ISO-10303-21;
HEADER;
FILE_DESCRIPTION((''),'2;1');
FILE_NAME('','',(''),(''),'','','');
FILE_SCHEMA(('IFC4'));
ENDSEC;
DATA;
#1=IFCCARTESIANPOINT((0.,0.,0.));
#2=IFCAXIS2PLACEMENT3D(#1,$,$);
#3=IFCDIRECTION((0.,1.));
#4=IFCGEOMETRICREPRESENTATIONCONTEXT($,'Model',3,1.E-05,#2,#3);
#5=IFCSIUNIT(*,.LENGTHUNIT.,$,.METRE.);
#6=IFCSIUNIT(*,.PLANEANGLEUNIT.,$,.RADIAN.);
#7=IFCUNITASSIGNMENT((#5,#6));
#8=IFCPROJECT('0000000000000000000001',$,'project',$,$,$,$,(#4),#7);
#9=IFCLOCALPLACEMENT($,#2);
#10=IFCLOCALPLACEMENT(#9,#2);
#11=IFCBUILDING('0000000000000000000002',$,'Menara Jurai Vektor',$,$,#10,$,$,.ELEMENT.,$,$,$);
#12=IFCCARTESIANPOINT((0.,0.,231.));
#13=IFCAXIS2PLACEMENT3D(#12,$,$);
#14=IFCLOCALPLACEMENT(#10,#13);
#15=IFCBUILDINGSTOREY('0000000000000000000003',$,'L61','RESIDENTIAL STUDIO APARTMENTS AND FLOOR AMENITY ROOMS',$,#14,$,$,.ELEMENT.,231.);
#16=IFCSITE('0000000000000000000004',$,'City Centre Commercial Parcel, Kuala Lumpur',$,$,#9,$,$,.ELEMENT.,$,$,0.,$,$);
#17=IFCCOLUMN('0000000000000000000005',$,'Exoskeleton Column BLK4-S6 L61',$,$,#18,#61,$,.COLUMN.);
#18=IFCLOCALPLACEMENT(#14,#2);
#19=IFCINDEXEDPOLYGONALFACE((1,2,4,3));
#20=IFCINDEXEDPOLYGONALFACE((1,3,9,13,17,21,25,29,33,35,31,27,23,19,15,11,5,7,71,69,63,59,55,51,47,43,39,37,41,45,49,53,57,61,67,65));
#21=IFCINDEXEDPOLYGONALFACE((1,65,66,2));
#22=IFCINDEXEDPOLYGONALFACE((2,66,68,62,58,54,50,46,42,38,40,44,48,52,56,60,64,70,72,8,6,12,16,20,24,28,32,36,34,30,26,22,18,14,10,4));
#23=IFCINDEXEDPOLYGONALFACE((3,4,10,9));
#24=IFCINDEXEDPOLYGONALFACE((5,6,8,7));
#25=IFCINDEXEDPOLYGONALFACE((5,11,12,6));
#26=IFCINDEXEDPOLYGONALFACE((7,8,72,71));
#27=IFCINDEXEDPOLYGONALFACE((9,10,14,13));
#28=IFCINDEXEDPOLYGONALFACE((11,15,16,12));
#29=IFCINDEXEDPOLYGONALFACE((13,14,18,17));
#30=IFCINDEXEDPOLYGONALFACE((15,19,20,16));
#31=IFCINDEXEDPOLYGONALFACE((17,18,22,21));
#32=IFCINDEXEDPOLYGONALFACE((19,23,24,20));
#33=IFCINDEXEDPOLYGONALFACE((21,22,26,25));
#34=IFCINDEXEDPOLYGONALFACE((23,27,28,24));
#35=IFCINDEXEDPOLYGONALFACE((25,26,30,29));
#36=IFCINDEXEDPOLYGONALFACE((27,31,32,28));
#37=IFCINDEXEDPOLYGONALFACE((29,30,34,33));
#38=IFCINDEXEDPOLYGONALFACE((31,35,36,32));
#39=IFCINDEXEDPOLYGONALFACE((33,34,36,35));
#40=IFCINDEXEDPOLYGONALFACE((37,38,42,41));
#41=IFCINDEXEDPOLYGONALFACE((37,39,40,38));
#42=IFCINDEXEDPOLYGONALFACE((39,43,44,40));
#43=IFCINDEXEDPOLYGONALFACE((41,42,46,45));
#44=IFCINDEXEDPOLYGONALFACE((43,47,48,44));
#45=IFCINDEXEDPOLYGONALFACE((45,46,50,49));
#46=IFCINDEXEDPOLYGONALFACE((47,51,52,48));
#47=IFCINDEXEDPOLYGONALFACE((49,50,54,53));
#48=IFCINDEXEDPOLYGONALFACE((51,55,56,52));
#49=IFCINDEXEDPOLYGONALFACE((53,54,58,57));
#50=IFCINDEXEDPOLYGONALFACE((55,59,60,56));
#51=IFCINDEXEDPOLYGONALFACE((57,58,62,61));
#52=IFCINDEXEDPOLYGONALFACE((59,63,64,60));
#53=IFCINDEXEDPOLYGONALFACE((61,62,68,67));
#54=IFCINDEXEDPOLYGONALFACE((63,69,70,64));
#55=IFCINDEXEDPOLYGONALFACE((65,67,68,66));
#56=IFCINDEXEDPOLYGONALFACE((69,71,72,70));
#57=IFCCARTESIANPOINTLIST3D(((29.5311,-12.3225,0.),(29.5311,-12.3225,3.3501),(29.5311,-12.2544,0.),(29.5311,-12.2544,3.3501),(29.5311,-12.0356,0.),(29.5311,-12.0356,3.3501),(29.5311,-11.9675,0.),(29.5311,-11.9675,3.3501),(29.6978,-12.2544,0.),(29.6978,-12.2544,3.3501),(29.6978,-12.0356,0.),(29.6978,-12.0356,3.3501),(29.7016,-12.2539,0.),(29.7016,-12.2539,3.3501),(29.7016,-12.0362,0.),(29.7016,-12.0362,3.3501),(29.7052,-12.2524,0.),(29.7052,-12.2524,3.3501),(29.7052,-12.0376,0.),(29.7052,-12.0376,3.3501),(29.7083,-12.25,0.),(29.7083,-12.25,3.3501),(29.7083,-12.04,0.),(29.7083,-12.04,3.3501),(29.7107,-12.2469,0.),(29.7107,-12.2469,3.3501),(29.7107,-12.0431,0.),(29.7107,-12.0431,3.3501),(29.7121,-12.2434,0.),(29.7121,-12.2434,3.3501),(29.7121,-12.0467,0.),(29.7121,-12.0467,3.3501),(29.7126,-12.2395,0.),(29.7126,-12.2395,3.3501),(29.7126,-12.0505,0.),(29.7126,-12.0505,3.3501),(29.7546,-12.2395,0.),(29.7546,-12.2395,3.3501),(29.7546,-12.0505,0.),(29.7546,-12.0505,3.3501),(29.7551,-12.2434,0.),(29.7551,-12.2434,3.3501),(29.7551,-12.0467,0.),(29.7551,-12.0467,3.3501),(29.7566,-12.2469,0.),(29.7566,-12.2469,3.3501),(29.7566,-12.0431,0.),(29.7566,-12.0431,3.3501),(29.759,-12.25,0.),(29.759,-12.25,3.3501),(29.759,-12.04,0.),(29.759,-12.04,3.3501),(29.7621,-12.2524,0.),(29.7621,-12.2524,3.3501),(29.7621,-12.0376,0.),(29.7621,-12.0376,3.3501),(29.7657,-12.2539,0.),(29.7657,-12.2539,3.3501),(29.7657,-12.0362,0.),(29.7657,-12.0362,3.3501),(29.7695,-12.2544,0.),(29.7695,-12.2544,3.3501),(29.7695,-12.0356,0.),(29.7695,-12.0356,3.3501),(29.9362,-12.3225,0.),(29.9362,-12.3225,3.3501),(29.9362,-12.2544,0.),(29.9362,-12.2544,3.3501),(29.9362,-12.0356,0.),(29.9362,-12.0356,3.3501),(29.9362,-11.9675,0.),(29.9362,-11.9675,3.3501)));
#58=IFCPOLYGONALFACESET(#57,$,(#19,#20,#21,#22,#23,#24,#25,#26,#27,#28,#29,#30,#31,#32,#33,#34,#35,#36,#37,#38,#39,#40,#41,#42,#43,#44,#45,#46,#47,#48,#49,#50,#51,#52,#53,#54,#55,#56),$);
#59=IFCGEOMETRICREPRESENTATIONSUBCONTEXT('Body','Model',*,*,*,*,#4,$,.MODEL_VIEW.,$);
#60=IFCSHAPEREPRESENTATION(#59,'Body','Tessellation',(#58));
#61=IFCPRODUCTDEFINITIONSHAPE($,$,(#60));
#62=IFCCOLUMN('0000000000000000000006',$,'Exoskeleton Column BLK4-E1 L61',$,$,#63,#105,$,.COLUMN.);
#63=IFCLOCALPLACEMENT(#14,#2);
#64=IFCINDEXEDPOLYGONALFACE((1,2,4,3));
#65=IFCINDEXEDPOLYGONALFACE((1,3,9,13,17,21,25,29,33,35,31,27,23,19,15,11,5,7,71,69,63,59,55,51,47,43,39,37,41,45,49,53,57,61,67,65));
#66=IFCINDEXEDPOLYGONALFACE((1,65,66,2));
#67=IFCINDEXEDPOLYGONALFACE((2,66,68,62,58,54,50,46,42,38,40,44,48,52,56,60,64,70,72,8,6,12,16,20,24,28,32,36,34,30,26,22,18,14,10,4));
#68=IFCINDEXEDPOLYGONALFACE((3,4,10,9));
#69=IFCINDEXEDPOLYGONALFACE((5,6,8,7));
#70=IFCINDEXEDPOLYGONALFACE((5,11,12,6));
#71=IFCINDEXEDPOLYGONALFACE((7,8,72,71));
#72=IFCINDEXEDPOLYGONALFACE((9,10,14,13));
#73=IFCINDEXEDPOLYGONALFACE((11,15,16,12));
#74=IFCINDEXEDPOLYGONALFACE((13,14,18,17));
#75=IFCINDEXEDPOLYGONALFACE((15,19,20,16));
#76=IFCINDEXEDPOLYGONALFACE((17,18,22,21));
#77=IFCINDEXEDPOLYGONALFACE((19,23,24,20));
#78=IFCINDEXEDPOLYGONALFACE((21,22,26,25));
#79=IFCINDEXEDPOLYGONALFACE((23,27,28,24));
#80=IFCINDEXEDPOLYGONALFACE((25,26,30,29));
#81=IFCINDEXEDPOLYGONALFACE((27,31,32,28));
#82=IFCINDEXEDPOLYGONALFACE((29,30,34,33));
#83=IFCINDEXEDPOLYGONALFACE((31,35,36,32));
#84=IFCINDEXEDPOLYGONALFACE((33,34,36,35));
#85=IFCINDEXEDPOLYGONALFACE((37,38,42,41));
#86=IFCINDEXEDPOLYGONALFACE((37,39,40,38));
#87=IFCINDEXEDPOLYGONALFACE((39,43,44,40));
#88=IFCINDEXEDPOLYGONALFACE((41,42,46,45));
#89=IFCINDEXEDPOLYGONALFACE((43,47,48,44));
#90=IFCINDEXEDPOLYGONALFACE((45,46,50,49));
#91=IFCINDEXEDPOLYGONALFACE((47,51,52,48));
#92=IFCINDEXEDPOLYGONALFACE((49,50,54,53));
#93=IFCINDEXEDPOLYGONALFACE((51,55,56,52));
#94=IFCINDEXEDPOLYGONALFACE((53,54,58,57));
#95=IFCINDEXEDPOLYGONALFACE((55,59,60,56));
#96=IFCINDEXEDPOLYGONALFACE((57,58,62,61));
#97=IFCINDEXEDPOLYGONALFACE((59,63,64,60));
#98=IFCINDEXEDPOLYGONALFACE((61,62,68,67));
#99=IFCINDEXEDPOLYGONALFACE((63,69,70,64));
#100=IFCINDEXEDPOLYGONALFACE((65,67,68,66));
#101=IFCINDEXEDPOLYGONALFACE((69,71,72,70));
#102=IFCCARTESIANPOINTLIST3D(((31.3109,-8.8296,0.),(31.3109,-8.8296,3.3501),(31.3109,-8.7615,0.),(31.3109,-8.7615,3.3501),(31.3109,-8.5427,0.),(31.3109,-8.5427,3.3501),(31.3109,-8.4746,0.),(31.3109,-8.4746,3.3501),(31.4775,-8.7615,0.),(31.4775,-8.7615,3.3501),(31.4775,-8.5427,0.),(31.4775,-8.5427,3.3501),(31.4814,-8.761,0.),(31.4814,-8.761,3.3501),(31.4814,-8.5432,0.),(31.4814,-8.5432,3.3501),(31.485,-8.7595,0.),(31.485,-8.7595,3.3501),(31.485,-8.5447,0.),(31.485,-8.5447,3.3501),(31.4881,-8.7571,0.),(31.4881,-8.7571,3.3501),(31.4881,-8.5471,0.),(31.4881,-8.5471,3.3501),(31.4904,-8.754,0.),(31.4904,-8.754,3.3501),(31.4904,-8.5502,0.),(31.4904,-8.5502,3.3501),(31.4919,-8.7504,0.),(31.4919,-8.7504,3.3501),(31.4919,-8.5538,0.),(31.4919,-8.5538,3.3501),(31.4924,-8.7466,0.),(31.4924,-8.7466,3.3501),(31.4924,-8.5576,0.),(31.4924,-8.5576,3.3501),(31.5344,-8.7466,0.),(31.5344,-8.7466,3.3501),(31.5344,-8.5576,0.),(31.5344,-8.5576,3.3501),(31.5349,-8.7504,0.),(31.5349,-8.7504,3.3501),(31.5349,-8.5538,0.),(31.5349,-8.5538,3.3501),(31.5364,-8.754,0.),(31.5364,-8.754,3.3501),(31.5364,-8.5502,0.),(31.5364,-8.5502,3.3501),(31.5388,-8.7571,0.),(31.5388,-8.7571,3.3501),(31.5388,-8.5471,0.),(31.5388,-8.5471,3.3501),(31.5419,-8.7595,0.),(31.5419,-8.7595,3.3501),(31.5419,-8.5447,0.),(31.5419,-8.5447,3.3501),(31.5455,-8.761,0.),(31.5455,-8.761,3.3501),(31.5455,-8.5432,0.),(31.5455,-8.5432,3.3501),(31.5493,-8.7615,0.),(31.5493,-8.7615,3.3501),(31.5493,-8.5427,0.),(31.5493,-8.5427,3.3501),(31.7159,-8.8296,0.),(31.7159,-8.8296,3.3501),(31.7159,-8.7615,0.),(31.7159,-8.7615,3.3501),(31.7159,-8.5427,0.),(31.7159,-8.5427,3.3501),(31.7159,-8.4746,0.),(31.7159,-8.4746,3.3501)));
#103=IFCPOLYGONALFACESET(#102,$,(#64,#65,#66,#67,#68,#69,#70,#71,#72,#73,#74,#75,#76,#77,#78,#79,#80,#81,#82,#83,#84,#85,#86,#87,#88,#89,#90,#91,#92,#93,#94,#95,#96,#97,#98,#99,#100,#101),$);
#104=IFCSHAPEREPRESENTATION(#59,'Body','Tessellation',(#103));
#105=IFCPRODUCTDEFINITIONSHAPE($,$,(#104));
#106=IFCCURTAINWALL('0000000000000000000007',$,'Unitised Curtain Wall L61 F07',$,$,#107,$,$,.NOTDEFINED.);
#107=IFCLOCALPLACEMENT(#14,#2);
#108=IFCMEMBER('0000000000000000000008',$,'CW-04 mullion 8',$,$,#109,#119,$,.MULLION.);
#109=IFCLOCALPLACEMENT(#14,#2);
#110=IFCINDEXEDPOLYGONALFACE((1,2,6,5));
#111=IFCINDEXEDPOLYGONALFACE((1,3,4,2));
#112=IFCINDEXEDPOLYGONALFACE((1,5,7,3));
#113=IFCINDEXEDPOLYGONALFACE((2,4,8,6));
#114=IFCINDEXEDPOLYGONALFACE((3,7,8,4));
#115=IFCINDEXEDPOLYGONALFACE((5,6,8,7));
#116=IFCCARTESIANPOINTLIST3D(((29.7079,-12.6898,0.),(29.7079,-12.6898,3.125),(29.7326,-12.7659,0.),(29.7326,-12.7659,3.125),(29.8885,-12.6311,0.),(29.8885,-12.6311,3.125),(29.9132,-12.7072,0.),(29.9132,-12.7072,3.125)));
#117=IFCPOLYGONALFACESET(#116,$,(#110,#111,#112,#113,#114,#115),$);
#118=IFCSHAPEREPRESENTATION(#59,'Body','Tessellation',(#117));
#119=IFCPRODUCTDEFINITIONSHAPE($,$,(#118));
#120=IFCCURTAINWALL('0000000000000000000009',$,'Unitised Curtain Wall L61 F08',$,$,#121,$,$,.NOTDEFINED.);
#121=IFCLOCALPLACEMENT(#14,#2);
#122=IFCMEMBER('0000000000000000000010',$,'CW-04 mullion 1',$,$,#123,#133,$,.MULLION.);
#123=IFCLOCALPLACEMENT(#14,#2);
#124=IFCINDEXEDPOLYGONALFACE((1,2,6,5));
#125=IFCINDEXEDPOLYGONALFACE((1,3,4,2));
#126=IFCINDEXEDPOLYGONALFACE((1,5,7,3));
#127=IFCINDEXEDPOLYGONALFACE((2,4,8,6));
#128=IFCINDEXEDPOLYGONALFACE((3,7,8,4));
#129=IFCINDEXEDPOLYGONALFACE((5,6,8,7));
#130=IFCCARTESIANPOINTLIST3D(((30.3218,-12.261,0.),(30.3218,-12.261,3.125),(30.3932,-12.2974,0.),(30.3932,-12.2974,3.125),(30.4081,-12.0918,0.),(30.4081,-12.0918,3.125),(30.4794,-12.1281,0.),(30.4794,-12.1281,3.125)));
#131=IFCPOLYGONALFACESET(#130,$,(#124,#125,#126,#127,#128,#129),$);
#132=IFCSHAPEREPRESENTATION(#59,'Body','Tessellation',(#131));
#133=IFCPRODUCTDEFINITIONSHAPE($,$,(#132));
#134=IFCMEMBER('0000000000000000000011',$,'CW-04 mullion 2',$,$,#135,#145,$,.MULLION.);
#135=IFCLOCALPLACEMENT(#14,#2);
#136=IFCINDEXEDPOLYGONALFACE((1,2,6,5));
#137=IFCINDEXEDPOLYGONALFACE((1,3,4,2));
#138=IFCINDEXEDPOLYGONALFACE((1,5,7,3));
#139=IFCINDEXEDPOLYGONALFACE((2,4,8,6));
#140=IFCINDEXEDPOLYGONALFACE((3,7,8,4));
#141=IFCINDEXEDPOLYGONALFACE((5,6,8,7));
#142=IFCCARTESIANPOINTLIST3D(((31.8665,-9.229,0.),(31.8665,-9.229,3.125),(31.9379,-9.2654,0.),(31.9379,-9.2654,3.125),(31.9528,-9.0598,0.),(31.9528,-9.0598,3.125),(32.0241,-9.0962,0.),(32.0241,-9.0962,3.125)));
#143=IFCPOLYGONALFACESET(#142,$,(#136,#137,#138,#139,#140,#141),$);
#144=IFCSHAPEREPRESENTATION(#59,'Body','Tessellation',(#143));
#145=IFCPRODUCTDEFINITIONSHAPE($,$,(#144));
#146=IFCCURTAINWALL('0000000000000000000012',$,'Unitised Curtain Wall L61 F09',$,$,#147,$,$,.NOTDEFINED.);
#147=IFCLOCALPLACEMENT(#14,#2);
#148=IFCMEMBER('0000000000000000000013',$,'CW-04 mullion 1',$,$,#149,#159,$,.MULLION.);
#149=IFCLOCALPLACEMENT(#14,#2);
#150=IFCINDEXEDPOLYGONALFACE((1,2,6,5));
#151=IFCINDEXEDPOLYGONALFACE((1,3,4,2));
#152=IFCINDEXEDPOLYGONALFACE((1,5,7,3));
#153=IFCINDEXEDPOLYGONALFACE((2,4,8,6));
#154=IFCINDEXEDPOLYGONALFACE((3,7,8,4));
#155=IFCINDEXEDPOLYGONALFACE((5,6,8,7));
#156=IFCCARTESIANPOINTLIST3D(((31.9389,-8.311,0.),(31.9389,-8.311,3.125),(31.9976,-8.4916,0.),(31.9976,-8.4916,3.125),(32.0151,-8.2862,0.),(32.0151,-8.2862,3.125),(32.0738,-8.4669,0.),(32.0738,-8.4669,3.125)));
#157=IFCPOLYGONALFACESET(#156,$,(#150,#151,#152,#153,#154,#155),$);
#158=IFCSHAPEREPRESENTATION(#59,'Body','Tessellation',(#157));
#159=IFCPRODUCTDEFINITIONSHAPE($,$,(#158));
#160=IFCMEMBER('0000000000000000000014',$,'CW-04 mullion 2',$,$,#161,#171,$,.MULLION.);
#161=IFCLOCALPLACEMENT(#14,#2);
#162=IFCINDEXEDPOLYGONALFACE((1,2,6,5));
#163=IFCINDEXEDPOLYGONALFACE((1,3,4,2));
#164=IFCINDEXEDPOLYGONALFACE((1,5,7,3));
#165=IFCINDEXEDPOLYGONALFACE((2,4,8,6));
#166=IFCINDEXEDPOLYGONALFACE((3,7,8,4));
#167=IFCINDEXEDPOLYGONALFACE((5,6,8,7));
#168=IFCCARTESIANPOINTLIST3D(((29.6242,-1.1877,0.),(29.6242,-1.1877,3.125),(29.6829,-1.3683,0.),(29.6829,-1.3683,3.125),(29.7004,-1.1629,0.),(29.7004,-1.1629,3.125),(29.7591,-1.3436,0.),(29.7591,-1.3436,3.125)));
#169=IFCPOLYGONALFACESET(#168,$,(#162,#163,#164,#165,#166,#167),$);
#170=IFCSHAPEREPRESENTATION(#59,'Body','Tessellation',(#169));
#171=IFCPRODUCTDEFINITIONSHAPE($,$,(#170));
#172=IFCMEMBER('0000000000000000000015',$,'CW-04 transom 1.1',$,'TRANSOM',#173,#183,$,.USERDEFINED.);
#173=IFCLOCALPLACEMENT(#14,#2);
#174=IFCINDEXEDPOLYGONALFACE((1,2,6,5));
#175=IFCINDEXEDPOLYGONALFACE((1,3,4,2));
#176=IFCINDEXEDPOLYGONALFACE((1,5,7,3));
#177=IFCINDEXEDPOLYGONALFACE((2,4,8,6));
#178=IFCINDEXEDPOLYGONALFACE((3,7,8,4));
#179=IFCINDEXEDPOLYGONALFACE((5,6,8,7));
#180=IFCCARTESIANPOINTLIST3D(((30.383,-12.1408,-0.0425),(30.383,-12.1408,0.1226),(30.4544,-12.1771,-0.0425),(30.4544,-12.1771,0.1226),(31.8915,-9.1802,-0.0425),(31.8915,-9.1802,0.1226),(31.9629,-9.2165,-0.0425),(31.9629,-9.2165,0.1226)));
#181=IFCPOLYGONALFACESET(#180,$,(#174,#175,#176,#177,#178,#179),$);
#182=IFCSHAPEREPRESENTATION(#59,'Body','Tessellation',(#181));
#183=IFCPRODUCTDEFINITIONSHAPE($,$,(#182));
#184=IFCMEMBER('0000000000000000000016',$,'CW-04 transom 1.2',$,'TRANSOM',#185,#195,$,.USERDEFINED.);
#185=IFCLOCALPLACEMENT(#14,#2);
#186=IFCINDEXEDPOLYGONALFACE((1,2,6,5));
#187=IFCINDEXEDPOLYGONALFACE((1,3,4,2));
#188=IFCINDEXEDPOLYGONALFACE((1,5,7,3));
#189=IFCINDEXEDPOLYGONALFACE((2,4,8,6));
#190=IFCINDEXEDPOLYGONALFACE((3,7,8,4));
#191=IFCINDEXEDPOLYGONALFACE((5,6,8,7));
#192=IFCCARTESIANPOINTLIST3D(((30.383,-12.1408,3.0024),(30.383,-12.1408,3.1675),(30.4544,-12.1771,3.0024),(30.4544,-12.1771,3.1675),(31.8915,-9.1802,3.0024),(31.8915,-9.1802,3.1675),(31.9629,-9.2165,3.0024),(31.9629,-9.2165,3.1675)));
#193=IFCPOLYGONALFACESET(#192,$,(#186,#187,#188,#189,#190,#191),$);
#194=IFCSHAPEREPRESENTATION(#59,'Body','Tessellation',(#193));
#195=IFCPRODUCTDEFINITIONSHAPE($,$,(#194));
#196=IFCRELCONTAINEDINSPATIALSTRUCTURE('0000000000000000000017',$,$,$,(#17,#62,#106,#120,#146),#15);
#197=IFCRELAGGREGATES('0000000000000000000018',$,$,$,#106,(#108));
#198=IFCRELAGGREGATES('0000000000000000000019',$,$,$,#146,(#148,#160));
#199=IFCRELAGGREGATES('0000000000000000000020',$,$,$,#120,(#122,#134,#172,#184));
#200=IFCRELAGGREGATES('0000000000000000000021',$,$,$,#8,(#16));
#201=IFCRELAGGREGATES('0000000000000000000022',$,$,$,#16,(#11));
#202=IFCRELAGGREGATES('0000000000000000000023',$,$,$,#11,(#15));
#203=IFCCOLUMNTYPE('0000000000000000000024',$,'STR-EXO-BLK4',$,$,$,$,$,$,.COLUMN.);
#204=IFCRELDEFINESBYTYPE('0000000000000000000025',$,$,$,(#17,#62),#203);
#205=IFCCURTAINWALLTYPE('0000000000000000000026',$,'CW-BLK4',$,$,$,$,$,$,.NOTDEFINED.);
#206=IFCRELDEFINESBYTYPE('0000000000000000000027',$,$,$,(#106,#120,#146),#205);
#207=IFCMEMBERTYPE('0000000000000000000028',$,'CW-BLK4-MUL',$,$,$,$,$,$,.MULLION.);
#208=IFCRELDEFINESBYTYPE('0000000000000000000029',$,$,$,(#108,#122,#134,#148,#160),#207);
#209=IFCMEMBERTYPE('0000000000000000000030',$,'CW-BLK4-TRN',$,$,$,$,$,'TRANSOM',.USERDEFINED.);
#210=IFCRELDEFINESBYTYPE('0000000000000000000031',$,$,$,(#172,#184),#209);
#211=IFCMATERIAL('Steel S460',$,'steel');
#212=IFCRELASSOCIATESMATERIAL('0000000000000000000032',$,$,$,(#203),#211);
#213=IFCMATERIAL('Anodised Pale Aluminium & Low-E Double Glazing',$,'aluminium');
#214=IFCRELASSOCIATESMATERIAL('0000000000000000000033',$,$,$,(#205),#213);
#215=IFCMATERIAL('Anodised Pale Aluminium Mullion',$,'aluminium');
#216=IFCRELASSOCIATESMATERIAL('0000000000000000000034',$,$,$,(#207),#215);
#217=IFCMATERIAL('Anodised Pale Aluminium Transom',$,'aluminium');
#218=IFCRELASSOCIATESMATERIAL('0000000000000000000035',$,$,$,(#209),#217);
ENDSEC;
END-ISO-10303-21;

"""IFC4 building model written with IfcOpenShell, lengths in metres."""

from ifc_helpers import new_model, si_unit, direction, frame, origin, origin_2d, place, context, subcontext, project, spatial, rectangle, i_section, extrude, material, material_profile, profile_set, type_object, element, aggregate, save


model = new_model("IFC4")

# Units and contexts
model_context = context("Model", 3, precision=1e-05, world=origin(), true_north=direction((0.0, 1.0)))
body_context = subcontext(model_context, "Body", "Model", "MODEL_VIEW")
ifc_project = project(units=[si_unit("LENGTHUNIT", "METRE"), si_unit("PLANEANGLEUNIT", "RADIAN")], contexts=[model_context])

# Site, building, storey
site_placement = place(None, origin())
site = spatial("IfcSite", under=ifc_project, at=site_placement, Name="City Centre Commercial Parcel, Kuala Lumpur", CompositionType="ELEMENT", RefElevation=0.0)
building_placement = place(site_placement, origin())
building = spatial("IfcBuilding", under=site, at=building_placement, Name="Menara Jurai Vektor", CompositionType="ELEMENT")
storey_placement = place(building_placement, frame((0.0, 0.0, 231.0)))
storey = spatial("IfcBuildingStorey", under=building, at=storey_placement, Name="L61", Description="RESIDENTIAL STUDIO APARTMENTS AND FLOOR AMENITY ROOMS", CompositionType="ELEMENT", Elevation=231.0)

# Columns
ifc_material_1 = material(Name="Steel S460", Category="steel")
ifc_material_profile_1 = material_profile(ifc_material_1, i_section(OverallWidth=0.405, OverallDepth=0.355, WebThickness=0.042, FlangeThickness=0.0681, FilletRadius=0.0149, at=origin_2d()), Name="HD 400x551")
ifc_profile_set_1 = profile_set([ifc_material_profile_1], Name="Steel S460")
column_type = type_object("IfcColumnType", Name="STR-EXO-BLK4", PredefinedType="COLUMN", material=ifc_profile_set_1)
for number, where, z_axis, x_axis, name in (
    (1, (29.7336, -12.145, 0.0), (0.0, 0.0, 1.0), (1.0, 0.0, 0.0), "Exoskeleton Column BLK4-S6 L61"),
    (2, (31.5134, -8.6521, 0.0), (0.0, 0.0, 1.0), (1.0, 0.0, 0.0), "Exoskeleton Column BLK4-E1 L61"),
):
    element("IfcColumn", number, at=place(storey_placement, frame(where, z_axis=z_axis, x_axis=x_axis)), inside=storey, type_object=column_type, Name=name, PredefinedType="COLUMN", context=body_context, shape_type="SweptSolid", body=[
        extrude(i_section(OverallWidth=0.405, OverallDepth=0.355, WebThickness=0.042, FlangeThickness=0.0681, FilletRadius=0.0149, at=origin_2d()), origin(), (0.0, 0.0, 1.0), 3.3501),
    ])

# Curtain wall, member
ifc_material_2 = material(Name="Anodised Pale Aluminium & Low-E Double Glazing", Category="aluminium")
curtain_wall_type = type_object("IfcCurtainWallType", Name="CW-BLK4", PredefinedType="NOTDEFINED", material=ifc_material_2)
curtain_wall_1_placement = place(storey_placement, origin())
curtain_wall_1 = element("IfcCurtainWall", 3, at=curtain_wall_1_placement, inside=storey, type_object=curtain_wall_type, Name="Unitised Curtain Wall L61 F07", PredefinedType="NOTDEFINED")
ifc_material_3 = material(Name="Anodised Pale Aluminium Mullion", Category="aluminium")
ifc_material_profile_2 = material_profile(ifc_material_3, rectangle(XDim=0.0801, YDim=0.1899, at=origin_2d()), Name="ALU MUL 80x190")
ifc_profile_set_2 = profile_set([ifc_material_profile_2], Name="Anodised Pale Aluminium Mullion")
member_type_1 = type_object("IfcMemberType", Name="CW-BLK4-MUL", PredefinedType="MULLION", material=ifc_profile_set_2)
member_1_placement = place(storey_placement, frame((29.8105, -12.6985, 0.0), z_axis=(0.0, 0.0, 1.0), x_axis=(-0.309017, 0.951056, 0.0)))
member_1 = element("IfcMember", 4, at=member_1_placement, type_object=member_type_1, Name="CW-04 mullion 8", PredefinedType="MULLION", context=body_context, shape_type="SweptSolid", body=[
    extrude(rectangle(XDim=0.0801, YDim=0.1899, at=origin_2d()), origin(), (0.0, 0.0, 1.0), 3.125),
])

# Curtain walls, members
curtain_wall_2_placement = place(storey_placement, origin())
curtain_wall_2 = element("IfcCurtainWall", 5, at=curtain_wall_2_placement, inside=storey, type_object=curtain_wall_type, Name="Unitised Curtain Wall L61 F08", PredefinedType="NOTDEFINED")
member_2_placement = place(storey_placement, frame((30.4006, -12.1946, 0.0), z_axis=(0.0, 0.0, 1.0), x_axis=(-0.891008, 0.453989, 0.0)))
member_2 = element("IfcMember", 6, at=member_2_placement, type_object=member_type_1, Name="CW-04 mullion 1", PredefinedType="MULLION", context=body_context, shape_type="SweptSolid", body=[
    extrude(rectangle(XDim=0.0801, YDim=0.1899, at=origin_2d()), origin(), (0.0, 0.0, 1.0), 3.125),
])
member_3_placement = place(storey_placement, frame((31.9453, -9.1626, 0.0), z_axis=(0.0, 0.0, 1.0), x_axis=(-0.891008, 0.453989, 0.0)))
member_3 = element("IfcMember", 7, at=member_3_placement, type_object=member_type_1, Name="CW-04 mullion 2", PredefinedType="MULLION", context=body_context, shape_type="SweptSolid", body=[
    extrude(rectangle(XDim=0.0801, YDim=0.1899, at=origin_2d()), origin(), (0.0, 0.0, 1.0), 3.125),
])
curtain_wall_3_placement = place(storey_placement, origin())
curtain_wall_3 = element("IfcCurtainWall", 8, at=curtain_wall_3_placement, inside=storey, type_object=curtain_wall_type, Name="Unitised Curtain Wall L61 F09", PredefinedType="NOTDEFINED")
member_4_placement = place(storey_placement, frame((32.0063, -8.3889, 0.0), z_axis=(0.0, 0.0, 1.0), x_axis=(-0.951056, -0.309017, 0.0)))
member_4 = element("IfcMember", 9, at=member_4_placement, type_object=member_type_1, Name="CW-04 mullion 1", PredefinedType="MULLION", context=body_context, shape_type="SweptSolid", body=[
    extrude(rectangle(XDim=0.0801, YDim=0.1899, at=origin_2d()), origin(), (0.0, 0.0, 1.0), 3.125),
])
member_5_placement = place(storey_placement, frame((29.6917, -1.2656, 0.0), z_axis=(0.0, 0.0, 1.0), x_axis=(-0.951056, -0.309017, 0.0)))
member_5 = element("IfcMember", 10, at=member_5_placement, type_object=member_type_1, Name="CW-04 mullion 2", PredefinedType="MULLION", context=body_context, shape_type="SweptSolid", body=[
    extrude(rectangle(XDim=0.0801, YDim=0.1899, at=origin_2d()), origin(), (0.0, 0.0, 1.0), 3.125),
])

# Members
ifc_material_4 = material(Name="Anodised Pale Aluminium Transom", Category="aluminium")
ifc_material_profile_3 = material_profile(ifc_material_4, rectangle(XDim=0.0801, YDim=0.165, at=origin_2d()), Name="ALU TRN 80x165")
ifc_profile_set_3 = profile_set([ifc_material_profile_3], Name="Anodised Pale Aluminium Transom")
member_type_2 = type_object("IfcMemberType", Name="CW-BLK4-TRN", ElementType="TRANSOM", PredefinedType="USERDEFINED", material=ifc_profile_set_3)
member_6_placement = place(storey_placement, frame((30.4187, -12.1589, 0.04), z_axis=(0.45399, 0.891007, 0.0), x_axis=(-0.891007, 0.45399, 0.0)))
member_6 = element("IfcMember", 11, at=member_6_placement, type_object=member_type_2, Name="CW-04 transom 1.1", ObjectType="TRANSOM", PredefinedType="USERDEFINED", context=body_context, shape_type="SweptSolid", body=[
    extrude(rectangle(XDim=0.0801, YDim=0.165, at=origin_2d()), origin(), (0.0, 0.0, 1.0), 3.3228),
])
member_7_placement = place(storey_placement, frame((30.4187, -12.1589, 3.085), z_axis=(0.45399, 0.891007, 0.0), x_axis=(-0.891007, 0.45399, 0.0)))
member_7 = element("IfcMember", 12, at=member_7_placement, type_object=member_type_2, Name="CW-04 transom 1.2", ObjectType="TRANSOM", PredefinedType="USERDEFINED", context=body_context, shape_type="SweptSolid", body=[
    extrude(rectangle(XDim=0.0801, YDim=0.165, at=origin_2d()), origin(), (0.0, 0.0, 1.0), 3.3228),
])

aggregate(curtain_wall_1, [member_1])
aggregate(curtain_wall_3, [member_4, member_5])
aggregate(curtain_wall_2, [member_2, member_3, member_6, member_7])

save(model, "model.ifc")
